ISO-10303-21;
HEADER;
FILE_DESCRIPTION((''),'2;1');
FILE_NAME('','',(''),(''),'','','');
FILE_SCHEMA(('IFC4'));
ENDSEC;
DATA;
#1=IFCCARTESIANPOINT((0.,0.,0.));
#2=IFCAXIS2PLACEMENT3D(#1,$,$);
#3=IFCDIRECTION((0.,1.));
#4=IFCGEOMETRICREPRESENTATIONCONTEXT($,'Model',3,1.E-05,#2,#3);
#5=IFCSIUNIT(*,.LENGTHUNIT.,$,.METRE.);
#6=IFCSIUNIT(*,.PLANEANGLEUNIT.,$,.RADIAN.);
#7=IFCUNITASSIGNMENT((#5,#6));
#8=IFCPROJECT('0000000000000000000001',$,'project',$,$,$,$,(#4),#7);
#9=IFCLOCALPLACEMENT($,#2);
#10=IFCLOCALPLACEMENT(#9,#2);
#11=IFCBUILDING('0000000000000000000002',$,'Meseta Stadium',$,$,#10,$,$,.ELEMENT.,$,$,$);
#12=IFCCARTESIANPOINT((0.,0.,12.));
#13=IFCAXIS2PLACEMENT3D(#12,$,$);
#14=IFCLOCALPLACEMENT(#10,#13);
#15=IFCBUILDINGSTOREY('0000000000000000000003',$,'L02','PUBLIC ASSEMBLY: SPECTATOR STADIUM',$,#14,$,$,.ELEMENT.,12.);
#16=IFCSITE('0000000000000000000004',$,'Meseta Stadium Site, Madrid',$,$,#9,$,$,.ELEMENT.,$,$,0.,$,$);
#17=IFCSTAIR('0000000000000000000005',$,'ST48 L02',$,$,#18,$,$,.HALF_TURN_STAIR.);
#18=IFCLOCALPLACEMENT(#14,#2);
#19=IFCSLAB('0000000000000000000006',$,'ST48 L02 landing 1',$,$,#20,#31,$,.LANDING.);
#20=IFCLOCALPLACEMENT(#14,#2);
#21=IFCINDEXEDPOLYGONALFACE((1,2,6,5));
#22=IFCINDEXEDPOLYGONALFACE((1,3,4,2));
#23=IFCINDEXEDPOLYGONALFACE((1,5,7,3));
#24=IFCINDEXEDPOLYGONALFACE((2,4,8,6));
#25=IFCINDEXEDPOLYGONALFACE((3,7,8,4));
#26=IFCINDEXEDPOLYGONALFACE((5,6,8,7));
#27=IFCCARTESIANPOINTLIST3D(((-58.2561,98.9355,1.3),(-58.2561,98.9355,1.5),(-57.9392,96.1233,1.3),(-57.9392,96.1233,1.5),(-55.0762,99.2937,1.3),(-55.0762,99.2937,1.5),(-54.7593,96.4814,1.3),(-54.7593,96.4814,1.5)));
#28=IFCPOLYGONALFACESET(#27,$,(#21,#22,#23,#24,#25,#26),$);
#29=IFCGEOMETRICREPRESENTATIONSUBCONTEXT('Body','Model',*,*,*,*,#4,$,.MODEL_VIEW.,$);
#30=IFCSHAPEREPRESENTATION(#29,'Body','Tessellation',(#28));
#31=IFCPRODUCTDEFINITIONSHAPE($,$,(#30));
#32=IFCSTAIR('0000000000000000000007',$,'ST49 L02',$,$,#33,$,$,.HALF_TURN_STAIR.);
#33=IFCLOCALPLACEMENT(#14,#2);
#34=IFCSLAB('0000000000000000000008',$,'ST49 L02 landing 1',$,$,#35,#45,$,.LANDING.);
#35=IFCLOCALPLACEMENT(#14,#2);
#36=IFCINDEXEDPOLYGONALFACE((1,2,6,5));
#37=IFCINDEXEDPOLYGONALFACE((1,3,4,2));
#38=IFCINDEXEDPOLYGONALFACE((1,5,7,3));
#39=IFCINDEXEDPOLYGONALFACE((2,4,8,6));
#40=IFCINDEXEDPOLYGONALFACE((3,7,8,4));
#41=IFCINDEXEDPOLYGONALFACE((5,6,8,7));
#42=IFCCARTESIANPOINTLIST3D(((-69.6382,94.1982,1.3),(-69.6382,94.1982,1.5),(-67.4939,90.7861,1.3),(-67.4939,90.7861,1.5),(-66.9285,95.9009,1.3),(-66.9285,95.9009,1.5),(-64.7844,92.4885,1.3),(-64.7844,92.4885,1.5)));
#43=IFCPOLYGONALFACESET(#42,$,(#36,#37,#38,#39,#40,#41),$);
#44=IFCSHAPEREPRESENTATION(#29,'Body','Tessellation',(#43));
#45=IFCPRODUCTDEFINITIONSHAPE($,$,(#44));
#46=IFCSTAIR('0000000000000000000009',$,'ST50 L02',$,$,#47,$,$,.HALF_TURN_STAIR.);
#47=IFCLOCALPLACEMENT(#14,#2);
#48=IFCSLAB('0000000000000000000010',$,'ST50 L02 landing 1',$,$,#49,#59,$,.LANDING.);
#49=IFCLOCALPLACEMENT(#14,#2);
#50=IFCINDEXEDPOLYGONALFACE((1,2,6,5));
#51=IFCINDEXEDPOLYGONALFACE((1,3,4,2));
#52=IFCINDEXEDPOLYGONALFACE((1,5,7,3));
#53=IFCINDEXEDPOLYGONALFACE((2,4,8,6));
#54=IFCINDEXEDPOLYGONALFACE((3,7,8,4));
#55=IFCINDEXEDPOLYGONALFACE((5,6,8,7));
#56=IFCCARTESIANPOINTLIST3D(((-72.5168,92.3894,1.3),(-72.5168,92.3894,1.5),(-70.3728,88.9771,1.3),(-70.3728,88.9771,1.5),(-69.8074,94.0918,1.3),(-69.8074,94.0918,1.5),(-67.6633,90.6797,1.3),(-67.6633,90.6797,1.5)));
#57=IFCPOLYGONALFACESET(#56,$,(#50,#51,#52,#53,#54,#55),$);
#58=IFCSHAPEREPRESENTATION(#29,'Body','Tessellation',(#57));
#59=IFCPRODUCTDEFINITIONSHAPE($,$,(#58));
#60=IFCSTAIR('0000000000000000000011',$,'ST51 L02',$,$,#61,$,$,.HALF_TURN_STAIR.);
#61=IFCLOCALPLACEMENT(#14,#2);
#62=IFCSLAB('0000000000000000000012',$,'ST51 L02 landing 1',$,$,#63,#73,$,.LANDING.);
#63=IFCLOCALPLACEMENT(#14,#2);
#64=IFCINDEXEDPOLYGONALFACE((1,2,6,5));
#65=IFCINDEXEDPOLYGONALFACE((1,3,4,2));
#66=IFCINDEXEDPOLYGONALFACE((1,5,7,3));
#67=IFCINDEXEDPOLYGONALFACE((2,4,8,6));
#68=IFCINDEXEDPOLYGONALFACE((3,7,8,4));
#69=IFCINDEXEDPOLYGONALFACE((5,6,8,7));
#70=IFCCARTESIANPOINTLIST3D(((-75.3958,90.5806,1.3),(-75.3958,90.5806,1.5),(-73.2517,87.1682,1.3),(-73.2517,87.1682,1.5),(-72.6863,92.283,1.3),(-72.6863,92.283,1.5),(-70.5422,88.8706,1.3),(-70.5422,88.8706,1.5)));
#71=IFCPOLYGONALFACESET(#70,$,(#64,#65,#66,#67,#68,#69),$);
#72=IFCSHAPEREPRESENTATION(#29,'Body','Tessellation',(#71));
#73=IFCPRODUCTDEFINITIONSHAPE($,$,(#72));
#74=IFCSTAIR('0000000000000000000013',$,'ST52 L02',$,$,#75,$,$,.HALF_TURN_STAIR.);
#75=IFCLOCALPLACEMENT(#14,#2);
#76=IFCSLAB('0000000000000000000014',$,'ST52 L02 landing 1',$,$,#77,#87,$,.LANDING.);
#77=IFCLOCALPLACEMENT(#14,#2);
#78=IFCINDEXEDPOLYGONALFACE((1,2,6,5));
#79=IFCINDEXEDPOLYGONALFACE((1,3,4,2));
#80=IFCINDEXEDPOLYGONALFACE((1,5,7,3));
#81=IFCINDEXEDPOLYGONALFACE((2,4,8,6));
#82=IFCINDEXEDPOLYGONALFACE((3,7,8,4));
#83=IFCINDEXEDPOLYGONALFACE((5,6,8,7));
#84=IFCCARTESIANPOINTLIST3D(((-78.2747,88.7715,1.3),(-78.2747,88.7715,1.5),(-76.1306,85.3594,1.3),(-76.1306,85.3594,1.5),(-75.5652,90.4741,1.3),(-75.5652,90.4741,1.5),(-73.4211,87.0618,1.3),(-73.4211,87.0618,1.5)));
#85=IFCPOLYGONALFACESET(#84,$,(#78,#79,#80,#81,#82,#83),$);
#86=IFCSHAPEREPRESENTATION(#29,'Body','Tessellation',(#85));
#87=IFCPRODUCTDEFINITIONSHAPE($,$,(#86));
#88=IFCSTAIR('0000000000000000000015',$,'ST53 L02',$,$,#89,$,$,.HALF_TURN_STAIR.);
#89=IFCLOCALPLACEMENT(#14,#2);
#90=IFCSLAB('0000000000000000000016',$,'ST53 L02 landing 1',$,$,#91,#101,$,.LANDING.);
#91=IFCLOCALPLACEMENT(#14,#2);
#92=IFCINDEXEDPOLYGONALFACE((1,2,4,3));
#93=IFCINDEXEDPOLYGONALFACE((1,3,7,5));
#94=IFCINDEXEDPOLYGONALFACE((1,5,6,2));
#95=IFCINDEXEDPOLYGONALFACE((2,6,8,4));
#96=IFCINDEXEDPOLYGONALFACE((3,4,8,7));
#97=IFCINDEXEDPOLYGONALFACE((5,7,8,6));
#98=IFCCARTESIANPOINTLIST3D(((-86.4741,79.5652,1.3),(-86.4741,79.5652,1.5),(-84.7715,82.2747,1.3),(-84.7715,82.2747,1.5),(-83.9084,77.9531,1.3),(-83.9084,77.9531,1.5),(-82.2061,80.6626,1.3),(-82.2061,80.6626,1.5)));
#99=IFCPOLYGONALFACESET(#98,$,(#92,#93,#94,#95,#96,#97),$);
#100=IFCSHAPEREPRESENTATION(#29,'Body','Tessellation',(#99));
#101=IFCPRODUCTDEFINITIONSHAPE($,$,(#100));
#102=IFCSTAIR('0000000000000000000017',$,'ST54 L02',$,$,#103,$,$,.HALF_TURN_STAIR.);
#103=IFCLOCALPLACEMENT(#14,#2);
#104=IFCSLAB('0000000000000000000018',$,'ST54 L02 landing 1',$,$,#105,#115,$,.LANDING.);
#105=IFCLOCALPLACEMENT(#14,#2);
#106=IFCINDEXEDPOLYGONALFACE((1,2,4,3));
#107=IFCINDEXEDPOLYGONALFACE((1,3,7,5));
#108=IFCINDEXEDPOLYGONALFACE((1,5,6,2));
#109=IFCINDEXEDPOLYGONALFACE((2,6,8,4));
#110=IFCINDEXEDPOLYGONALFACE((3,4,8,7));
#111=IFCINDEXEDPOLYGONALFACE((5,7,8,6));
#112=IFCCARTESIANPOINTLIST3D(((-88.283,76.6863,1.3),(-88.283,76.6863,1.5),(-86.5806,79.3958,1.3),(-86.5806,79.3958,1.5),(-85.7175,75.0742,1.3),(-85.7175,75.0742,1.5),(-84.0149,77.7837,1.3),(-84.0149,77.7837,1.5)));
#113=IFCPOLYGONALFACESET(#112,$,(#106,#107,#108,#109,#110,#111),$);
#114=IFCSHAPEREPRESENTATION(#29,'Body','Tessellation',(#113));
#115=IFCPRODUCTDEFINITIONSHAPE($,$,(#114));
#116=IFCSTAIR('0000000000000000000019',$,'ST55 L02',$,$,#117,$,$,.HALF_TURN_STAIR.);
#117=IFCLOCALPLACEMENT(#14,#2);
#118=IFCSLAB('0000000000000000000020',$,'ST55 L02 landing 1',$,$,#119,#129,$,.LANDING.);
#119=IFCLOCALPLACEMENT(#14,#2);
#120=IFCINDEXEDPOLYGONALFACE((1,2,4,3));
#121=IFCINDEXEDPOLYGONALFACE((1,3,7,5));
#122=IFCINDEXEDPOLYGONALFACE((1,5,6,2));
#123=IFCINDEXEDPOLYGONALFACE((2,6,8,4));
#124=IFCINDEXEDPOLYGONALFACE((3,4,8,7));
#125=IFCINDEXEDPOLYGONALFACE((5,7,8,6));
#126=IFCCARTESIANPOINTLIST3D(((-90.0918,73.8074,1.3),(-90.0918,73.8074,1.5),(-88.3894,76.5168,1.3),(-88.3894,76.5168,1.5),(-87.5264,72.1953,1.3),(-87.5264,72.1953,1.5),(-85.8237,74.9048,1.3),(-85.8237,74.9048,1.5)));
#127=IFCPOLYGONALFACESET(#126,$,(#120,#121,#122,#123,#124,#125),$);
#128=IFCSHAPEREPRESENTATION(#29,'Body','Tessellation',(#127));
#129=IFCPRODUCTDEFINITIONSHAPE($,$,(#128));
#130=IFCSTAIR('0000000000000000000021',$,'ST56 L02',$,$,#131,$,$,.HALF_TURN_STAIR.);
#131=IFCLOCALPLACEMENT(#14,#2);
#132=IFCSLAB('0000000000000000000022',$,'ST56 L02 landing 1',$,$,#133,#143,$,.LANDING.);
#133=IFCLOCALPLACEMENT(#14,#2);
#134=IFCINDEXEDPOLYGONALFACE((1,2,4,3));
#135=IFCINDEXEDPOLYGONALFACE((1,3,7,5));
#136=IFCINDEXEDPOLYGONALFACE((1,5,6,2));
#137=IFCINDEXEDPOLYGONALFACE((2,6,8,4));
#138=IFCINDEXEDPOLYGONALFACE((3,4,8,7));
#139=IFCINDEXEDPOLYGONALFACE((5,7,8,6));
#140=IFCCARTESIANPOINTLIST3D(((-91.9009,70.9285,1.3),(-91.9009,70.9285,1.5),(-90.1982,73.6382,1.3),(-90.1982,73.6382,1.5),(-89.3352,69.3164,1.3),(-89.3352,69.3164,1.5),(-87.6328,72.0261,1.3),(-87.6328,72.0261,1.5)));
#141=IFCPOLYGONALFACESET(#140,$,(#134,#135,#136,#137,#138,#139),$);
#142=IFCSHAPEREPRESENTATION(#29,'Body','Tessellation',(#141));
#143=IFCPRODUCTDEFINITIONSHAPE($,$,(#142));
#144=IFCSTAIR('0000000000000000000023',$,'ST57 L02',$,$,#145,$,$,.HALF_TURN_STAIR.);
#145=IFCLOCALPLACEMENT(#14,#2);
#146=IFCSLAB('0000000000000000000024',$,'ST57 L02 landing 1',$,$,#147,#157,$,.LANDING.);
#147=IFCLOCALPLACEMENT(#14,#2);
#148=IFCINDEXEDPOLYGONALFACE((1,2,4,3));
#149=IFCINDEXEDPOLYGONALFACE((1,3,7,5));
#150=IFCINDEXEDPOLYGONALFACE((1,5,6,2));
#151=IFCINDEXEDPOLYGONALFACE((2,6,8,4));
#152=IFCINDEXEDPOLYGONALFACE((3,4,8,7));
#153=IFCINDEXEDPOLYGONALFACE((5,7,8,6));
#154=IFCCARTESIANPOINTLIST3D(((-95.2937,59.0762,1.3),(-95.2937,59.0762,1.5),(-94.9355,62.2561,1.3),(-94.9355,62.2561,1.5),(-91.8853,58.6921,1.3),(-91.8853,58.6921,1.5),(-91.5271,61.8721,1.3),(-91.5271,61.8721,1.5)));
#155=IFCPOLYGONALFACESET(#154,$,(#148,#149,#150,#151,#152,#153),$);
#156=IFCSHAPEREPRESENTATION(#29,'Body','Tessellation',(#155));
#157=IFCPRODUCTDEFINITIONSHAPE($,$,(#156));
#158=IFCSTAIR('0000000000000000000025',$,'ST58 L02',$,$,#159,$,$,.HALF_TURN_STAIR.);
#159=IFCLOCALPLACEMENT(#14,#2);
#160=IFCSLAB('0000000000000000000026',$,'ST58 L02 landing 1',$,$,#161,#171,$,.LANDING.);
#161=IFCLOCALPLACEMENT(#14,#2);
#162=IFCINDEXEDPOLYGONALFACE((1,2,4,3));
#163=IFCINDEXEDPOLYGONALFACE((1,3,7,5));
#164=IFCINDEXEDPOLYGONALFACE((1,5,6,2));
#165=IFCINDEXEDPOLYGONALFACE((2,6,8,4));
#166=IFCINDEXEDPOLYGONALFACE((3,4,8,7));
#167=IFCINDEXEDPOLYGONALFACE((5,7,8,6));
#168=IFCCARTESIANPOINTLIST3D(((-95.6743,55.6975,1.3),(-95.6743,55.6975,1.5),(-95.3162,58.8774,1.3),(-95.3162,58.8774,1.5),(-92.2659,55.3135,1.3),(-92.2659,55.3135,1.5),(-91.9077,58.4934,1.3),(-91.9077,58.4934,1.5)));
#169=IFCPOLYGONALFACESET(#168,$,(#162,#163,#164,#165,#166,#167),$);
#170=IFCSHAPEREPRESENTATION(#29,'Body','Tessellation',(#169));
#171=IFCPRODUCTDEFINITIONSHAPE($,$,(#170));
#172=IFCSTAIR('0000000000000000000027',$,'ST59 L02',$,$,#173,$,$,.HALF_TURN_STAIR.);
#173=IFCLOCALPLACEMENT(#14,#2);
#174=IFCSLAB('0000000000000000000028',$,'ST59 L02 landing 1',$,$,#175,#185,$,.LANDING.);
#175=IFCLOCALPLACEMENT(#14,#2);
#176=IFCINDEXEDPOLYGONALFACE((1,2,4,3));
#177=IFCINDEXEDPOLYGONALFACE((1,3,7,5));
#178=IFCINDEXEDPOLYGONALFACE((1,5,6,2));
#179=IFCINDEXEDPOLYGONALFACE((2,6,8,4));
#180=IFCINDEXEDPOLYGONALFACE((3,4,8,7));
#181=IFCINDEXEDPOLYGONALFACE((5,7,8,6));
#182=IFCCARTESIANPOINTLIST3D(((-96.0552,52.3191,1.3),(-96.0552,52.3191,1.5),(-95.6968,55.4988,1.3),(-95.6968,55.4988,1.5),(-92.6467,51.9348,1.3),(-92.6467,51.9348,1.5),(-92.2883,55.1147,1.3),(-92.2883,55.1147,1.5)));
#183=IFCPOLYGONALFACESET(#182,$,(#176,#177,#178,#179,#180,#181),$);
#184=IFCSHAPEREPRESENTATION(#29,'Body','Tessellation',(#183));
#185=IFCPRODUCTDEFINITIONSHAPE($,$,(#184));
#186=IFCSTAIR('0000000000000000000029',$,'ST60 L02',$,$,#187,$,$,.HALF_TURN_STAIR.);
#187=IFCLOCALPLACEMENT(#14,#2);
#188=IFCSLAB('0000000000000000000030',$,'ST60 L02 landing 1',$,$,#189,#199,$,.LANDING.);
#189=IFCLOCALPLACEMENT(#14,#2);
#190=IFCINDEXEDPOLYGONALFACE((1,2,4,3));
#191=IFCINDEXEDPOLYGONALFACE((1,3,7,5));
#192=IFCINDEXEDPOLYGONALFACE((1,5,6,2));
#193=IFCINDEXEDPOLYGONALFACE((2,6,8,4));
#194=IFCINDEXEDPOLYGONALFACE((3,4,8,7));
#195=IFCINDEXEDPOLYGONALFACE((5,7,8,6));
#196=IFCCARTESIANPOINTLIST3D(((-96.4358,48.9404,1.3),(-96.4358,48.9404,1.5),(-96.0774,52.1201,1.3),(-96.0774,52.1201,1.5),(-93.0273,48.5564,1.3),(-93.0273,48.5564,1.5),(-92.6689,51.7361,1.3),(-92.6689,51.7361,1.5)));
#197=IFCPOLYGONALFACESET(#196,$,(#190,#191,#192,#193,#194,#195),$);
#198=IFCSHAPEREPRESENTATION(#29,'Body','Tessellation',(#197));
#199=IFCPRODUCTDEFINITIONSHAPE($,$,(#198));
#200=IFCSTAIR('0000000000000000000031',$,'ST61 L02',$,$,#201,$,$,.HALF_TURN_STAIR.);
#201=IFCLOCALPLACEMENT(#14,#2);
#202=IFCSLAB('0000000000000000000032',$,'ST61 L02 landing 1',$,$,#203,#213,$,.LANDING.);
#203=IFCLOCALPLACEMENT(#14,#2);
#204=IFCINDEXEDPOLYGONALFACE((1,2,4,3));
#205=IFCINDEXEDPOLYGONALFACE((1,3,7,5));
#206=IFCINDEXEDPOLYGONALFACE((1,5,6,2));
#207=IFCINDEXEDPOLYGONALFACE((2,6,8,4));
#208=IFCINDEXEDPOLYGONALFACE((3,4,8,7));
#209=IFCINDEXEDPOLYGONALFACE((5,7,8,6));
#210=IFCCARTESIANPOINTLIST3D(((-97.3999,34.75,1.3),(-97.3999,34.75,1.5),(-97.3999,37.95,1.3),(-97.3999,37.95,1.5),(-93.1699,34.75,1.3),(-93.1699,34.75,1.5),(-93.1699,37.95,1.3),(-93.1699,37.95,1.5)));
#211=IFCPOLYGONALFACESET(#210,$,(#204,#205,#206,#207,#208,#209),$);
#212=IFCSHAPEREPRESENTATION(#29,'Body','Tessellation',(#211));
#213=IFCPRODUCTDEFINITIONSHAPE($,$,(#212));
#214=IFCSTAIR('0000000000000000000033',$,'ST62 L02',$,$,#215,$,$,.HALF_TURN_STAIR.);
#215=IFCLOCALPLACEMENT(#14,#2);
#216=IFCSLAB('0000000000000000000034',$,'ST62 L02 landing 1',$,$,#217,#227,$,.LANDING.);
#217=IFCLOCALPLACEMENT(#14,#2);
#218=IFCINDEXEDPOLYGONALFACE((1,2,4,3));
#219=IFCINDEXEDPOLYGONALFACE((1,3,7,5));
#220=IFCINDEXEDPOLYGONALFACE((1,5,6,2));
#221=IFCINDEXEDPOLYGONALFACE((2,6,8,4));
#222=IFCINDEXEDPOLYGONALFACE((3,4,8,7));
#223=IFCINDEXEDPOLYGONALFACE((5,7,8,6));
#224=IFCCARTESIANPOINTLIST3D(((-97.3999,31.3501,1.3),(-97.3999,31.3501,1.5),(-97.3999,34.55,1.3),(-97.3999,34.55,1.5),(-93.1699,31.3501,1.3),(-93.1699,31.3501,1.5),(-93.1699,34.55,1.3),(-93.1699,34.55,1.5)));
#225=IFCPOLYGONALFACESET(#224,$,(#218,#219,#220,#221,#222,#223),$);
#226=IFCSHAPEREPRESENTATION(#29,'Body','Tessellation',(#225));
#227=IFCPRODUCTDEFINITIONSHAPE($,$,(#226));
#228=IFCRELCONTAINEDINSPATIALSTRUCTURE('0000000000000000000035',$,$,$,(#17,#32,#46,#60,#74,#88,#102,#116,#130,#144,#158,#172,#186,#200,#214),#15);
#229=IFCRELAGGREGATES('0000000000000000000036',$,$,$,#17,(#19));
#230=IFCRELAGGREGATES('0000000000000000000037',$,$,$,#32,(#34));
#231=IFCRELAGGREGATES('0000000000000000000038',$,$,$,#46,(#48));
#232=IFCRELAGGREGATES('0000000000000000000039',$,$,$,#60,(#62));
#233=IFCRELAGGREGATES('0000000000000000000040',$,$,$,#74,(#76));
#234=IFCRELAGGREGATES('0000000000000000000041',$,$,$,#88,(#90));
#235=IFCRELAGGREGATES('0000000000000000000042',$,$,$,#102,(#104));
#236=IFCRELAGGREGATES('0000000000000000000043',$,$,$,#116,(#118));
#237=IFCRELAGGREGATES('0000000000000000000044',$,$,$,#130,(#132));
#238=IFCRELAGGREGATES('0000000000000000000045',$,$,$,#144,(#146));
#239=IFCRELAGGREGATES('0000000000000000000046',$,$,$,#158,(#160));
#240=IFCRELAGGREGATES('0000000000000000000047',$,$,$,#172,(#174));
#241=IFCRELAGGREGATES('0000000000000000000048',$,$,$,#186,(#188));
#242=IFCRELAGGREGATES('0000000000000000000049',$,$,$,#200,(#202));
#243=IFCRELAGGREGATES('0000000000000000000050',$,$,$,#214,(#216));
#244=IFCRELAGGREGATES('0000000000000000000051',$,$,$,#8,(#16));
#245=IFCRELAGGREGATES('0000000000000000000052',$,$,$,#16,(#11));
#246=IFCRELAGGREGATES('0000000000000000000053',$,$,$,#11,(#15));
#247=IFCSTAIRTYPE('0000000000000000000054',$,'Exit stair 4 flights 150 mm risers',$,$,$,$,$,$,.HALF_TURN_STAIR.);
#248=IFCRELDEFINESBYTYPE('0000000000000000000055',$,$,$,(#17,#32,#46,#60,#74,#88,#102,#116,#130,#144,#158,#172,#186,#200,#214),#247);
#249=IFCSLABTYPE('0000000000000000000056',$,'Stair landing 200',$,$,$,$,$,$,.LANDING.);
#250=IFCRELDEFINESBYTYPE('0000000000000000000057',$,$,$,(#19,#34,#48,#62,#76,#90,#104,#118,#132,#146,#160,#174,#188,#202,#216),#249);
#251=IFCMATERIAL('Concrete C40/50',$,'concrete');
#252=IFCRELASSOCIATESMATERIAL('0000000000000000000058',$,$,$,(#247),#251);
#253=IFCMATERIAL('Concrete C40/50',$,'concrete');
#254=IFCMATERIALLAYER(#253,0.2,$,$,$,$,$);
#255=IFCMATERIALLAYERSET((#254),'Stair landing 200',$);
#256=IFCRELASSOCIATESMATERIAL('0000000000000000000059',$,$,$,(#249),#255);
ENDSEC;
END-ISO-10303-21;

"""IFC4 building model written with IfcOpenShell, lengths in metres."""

from ifc_helpers import new_model, si_unit, direction, frame, origin, place, context, subcontext, project, spatial, polyline, outline, extrude, material, layer, layer_set, type_object, element, aggregate, save


model = new_model("IFC4")

# Units and contexts
model_context = context("Model", 3, precision=1e-05, world=origin(), true_north=direction((0.0, 1.0)))
body_context = subcontext(model_context, "Body", "Model", "MODEL_VIEW")
ifc_project = project(units=[si_unit("LENGTHUNIT", "METRE"), si_unit("PLANEANGLEUNIT", "RADIAN")], contexts=[model_context])

# Site, building, storey
site_placement = place(None, origin())
site = spatial("IfcSite", under=ifc_project, at=site_placement, Name="Meseta Stadium Site, Madrid", CompositionType="ELEMENT", RefElevation=0.0)
building_placement = place(site_placement, origin())
building = spatial("IfcBuilding", under=site, at=building_placement, Name="Meseta Stadium", CompositionType="ELEMENT")
storey_placement = place(building_placement, frame((0.0, 0.0, 12.0)))
storey = spatial("IfcBuildingStorey", under=building, at=storey_placement, Name="L02", Description="PUBLIC ASSEMBLY: SPECTATOR STADIUM", CompositionType="ELEMENT", Elevation=12.0)

# Stairs, slabs
ifc_material_1 = material(Name="Concrete C40/50", Category="concrete")
stair_type = type_object("IfcStairType", Name="Exit stair 4 flights 150 mm risers", PredefinedType="HALF_TURN_STAIR", material=ifc_material_1)
ifc_material_2 = material(Name="Concrete C40/50", Category="concrete")
ifc_layer = layer(ifc_material_2, 0.2)
ifc_layer_set = layer_set([ifc_layer], Name="Stair landing 200")
slab_type = type_object("IfcSlabType", Name="Stair landing 200", PredefinedType="LANDING", material=ifc_layer_set)
stair_1_placement = place(storey_placement, origin())
stair_1 = element("IfcStair", 1, at=stair_1_placement, inside=storey, type_object=stair_type, Name="ST48 L02", PredefinedType="HALF_TURN_STAIR")
slab_1_placement = place(storey_placement, frame((0.0, 0.0, 1.3)))
slab_1 = element("IfcSlab", 2, at=slab_1_placement, type_object=slab_type, Name="ST48 L02 landing 1", PredefinedType="LANDING", context=body_context, shape_type="SweptSolid", body=[
    extrude(outline(polyline([(-54.7593, 96.4814), (-55.0762, 99.2937), (-58.2561, 98.9355), (-57.9392, 96.1233), (-54.7593, 96.4814)])), origin(), (0.0, 0.0, 1.0), 0.2),
])
aggregate(stair_1, [slab_1])
stair_2_placement = place(storey_placement, origin())
stair_2 = element("IfcStair", 3, at=stair_2_placement, inside=storey, type_object=stair_type, Name="ST49 L02", PredefinedType="HALF_TURN_STAIR")
slab_2_placement = place(storey_placement, frame((0.0, 0.0, 1.3)))
slab_2 = element("IfcSlab", 4, at=slab_2_placement, type_object=slab_type, Name="ST49 L02 landing 1", PredefinedType="LANDING", context=body_context, shape_type="SweptSolid", body=[
    extrude(outline(polyline([(-64.7844, 92.4885), (-66.9285, 95.9009), (-69.6382, 94.1982), (-67.4939, 90.7861), (-64.7844, 92.4885)])), origin(), (0.0, 0.0, 1.0), 0.2),
])
aggregate(stair_2, [slab_2])
stair_3_placement = place(storey_placement, origin())
stair_3 = element("IfcStair", 5, at=stair_3_placement, inside=storey, type_object=stair_type, Name="ST50 L02", PredefinedType="HALF_TURN_STAIR")
slab_3_placement = place(storey_placement, frame((0.0, 0.0, 1.3)))
slab_3 = element("IfcSlab", 6, at=slab_3_placement, type_object=slab_type, Name="ST50 L02 landing 1", PredefinedType="LANDING", context=body_context, shape_type="SweptSolid", body=[
    extrude(outline(polyline([(-67.6633, 90.6797), (-69.8074, 94.0918), (-72.5168, 92.3894), (-70.3728, 88.9771), (-67.6633, 90.6797)])), origin(), (0.0, 0.0, 1.0), 0.2),
])
aggregate(stair_3, [slab_3])
stair_4_placement = place(storey_placement, origin())
stair_4 = element("IfcStair", 7, at=stair_4_placement, inside=storey, type_object=stair_type, Name="ST51 L02", PredefinedType="HALF_TURN_STAIR")
slab_4_placement = place(storey_placement, frame((0.0, 0.0, 1.3)))
slab_4 = element("IfcSlab", 8, at=slab_4_placement, type_object=slab_type, Name="ST51 L02 landing 1", PredefinedType="LANDING", context=body_context, shape_type="SweptSolid", body=[
    extrude(outline(polyline([(-70.5422, 88.8706), (-72.6863, 92.283), (-75.3958, 90.5806), (-73.2517, 87.1682), (-70.5422, 88.8706)])), origin(), (0.0, 0.0, 1.0), 0.2),
])
aggregate(stair_4, [slab_4])
stair_5_placement = place(storey_placement, origin())
stair_5 = element("IfcStair", 9, at=stair_5_placement, inside=storey, type_object=stair_type, Name="ST52 L02", PredefinedType="HALF_TURN_STAIR")
slab_5_placement = place(storey_placement, frame((0.0, 0.0, 1.3)))
slab_5 = element("IfcSlab", 10, at=slab_5_placement, type_object=slab_type, Name="ST52 L02 landing 1", PredefinedType="LANDING", context=body_context, shape_type="SweptSolid", body=[
    extrude(outline(polyline([(-73.4211, 87.0618), (-75.5652, 90.4741), (-78.2747, 88.7715), (-76.1306, 85.3594), (-73.4211, 87.0618)])), origin(), (0.0, 0.0, 1.0), 0.2),
])
aggregate(stair_5, [slab_5])
stair_6_placement = place(storey_placement, origin())
stair_6 = element("IfcStair", 11, at=stair_6_placement, inside=storey, type_object=stair_type, Name="ST53 L02", PredefinedType="HALF_TURN_STAIR")
slab_6_placement = place(storey_placement, frame((0.0, 0.0, 1.3)))
slab_6 = element("IfcSlab", 12, at=slab_6_placement, type_object=slab_type, Name="ST53 L02 landing 1", PredefinedType="LANDING", context=body_context, shape_type="SweptSolid", body=[
    extrude(outline(polyline([(-82.2061, 80.6626), (-84.7715, 82.2747), (-86.4741, 79.5652), (-83.9084, 77.9531), (-82.2061, 80.6626)])), origin(), (0.0, 0.0, 1.0), 0.2),
])
aggregate(stair_6, [slab_6])
stair_7_placement = place(storey_placement, origin())
stair_7 = element("IfcStair", 13, at=stair_7_placement, inside=storey, type_object=stair_type, Name="ST54 L02", PredefinedType="HALF_TURN_STAIR")
slab_7_placement = place(storey_placement, frame((0.0, 0.0, 1.3)))
slab_7 = element("IfcSlab", 14, at=slab_7_placement, type_object=slab_type, Name="ST54 L02 landing 1", PredefinedType="LANDING", context=body_context, shape_type="SweptSolid", body=[
    extrude(outline(polyline([(-84.0149, 77.7837), (-86.5806, 79.3958), (-88.283, 76.6863), (-85.7175, 75.0742), (-84.0149, 77.7837)])), origin(), (0.0, 0.0, 1.0), 0.2),
])
aggregate(stair_7, [slab_7])
stair_8_placement = place(storey_placement, origin())
stair_8 = element("IfcStair", 15, at=stair_8_placement, inside=storey, type_object=stair_type, Name="ST55 L02", PredefinedType="HALF_TURN_STAIR")
slab_8_placement = place(storey_placement, frame((0.0, 0.0, 1.3)))
slab_8 = element("IfcSlab", 16, at=slab_8_placement, type_object=slab_type, Name="ST55 L02 landing 1", PredefinedType="LANDING", context=body_context, shape_type="SweptSolid", body=[
    extrude(outline(polyline([(-85.8237, 74.9048), (-88.3894, 76.5168), (-90.0918, 73.8074), (-87.5264, 72.1953), (-85.8237, 74.9048)])), origin(), (0.0, 0.0, 1.0), 0.2),
])
aggregate(stair_8, [slab_8])
stair_9_placement = place(storey_placement, origin())
stair_9 = element("IfcStair", 17, at=stair_9_placement, inside=storey, type_object=stair_type, Name="ST56 L02", PredefinedType="HALF_TURN_STAIR")
slab_9_placement = place(storey_placement, frame((0.0, 0.0, 1.3)))
slab_9 = element("IfcSlab", 18, at=slab_9_placement, type_object=slab_type, Name="ST56 L02 landing 1", PredefinedType="LANDING", context=body_context, shape_type="SweptSolid", body=[
    extrude(outline(polyline([(-87.6328, 72.0261), (-90.1982, 73.6382), (-91.9009, 70.9285), (-89.3352, 69.3164), (-87.6328, 72.0261)])), origin(), (0.0, 0.0, 1.0), 0.2),
])
aggregate(stair_9, [slab_9])
stair_10_placement = place(storey_placement, origin())
stair_10 = element("IfcStair", 19, at=stair_10_placement, inside=storey, type_object=stair_type, Name="ST57 L02", PredefinedType="HALF_TURN_STAIR")
slab_10_placement = place(storey_placement, frame((0.0, 0.0, 1.3)))
slab_10 = element("IfcSlab", 20, at=slab_10_placement, type_object=slab_type, Name="ST57 L02 landing 1", PredefinedType="LANDING", context=body_context, shape_type="SweptSolid", body=[
    extrude(outline(polyline([(-91.5271, 61.8721), (-94.9355, 62.2561), (-95.2937, 59.0762), (-91.8853, 58.6921), (-91.5271, 61.8721)])), origin(), (0.0, 0.0, 1.0), 0.2),
])
aggregate(stair_10, [slab_10])
stair_11_placement = place(storey_placement, origin())
stair_11 = element("IfcStair", 21, at=stair_11_placement, inside=storey, type_object=stair_type, Name="ST58 L02", PredefinedType="HALF_TURN_STAIR")
slab_11_placement = place(storey_placement, frame((0.0, 0.0, 1.3)))
slab_11 = element("IfcSlab", 22, at=slab_11_placement, type_object=slab_type, Name="ST58 L02 landing 1", PredefinedType="LANDING", context=body_context, shape_type="SweptSolid", body=[
    extrude(outline(polyline([(-91.9077, 58.4934), (-95.3162, 58.8774), (-95.6743, 55.6975), (-92.2659, 55.3135), (-91.9077, 58.4934)])), origin(), (0.0, 0.0, 1.0), 0.2),
])
aggregate(stair_11, [slab_11])
stair_12_placement = place(storey_placement, origin())
stair_12 = element("IfcStair", 23, at=stair_12_placement, inside=storey, type_object=stair_type, Name="ST59 L02", PredefinedType="HALF_TURN_STAIR")
slab_12_placement = place(storey_placement, frame((0.0, 0.0, 1.3)))
slab_12 = element("IfcSlab", 24, at=slab_12_placement, type_object=slab_type, Name="ST59 L02 landing 1", PredefinedType="LANDING", context=body_context, shape_type="SweptSolid", body=[
    extrude(outline(polyline([(-92.2883, 55.1147), (-95.6968, 55.4988), (-96.0552, 52.3191), (-92.6467, 51.9348), (-92.2883, 55.1147)])), origin(), (0.0, 0.0, 1.0), 0.2),
])
aggregate(stair_12, [slab_12])
stair_13_placement = place(storey_placement, origin())
stair_13 = element("IfcStair", 25, at=stair_13_placement, inside=storey, type_object=stair_type, Name="ST60 L02", PredefinedType="HALF_TURN_STAIR")
slab_13_placement = place(storey_placement, frame((0.0, 0.0, 1.3)))
slab_13 = element("IfcSlab", 26, at=slab_13_placement, type_object=slab_type, Name="ST60 L02 landing 1", PredefinedType="LANDING", context=body_context, shape_type="SweptSolid", body=[
    extrude(outline(polyline([(-92.6689, 51.7361), (-96.0774, 52.1201), (-96.4358, 48.9404), (-93.0273, 48.5564), (-92.6689, 51.7361)])), origin(), (0.0, 0.0, 1.0), 0.2),
])
aggregate(stair_13, [slab_13])
stair_14_placement = place(storey_placement, origin())
stair_14 = element("IfcStair", 27, at=stair_14_placement, inside=storey, type_object=stair_type, Name="ST61 L02", PredefinedType="HALF_TURN_STAIR")
slab_14_placement = place(storey_placement, frame((0.0, 0.0, 1.3)))
slab_14 = element("IfcSlab", 28, at=slab_14_placement, type_object=slab_type, Name="ST61 L02 landing 1", PredefinedType="LANDING", context=body_context, shape_type="SweptSolid", body=[
    extrude(outline(polyline([(-93.1699, 37.95), (-97.3999, 37.95), (-97.3999, 34.75), (-93.1699, 34.75), (-93.1699, 37.95)])), origin(), (0.0, 0.0, 1.0), 0.2),
])
aggregate(stair_14, [slab_14])
stair_15_placement = place(storey_placement, origin())
stair_15 = element("IfcStair", 29, at=stair_15_placement, inside=storey, type_object=stair_type, Name="ST62 L02", PredefinedType="HALF_TURN_STAIR")
slab_15_placement = place(storey_placement, frame((0.0, 0.0, 1.3)))
slab_15 = element("IfcSlab", 30, at=slab_15_placement, type_object=slab_type, Name="ST62 L02 landing 1", PredefinedType="LANDING", context=body_context, shape_type="SweptSolid", body=[
    extrude(outline(polyline([(-93.1699, 34.55), (-97.3999, 34.55), (-97.3999, 31.3501), (-93.1699, 31.3501), (-93.1699, 34.55)])), origin(), (0.0, 0.0, 1.0), 0.2),
])
aggregate(stair_15, [slab_15])

save(model, "model.ifc")
